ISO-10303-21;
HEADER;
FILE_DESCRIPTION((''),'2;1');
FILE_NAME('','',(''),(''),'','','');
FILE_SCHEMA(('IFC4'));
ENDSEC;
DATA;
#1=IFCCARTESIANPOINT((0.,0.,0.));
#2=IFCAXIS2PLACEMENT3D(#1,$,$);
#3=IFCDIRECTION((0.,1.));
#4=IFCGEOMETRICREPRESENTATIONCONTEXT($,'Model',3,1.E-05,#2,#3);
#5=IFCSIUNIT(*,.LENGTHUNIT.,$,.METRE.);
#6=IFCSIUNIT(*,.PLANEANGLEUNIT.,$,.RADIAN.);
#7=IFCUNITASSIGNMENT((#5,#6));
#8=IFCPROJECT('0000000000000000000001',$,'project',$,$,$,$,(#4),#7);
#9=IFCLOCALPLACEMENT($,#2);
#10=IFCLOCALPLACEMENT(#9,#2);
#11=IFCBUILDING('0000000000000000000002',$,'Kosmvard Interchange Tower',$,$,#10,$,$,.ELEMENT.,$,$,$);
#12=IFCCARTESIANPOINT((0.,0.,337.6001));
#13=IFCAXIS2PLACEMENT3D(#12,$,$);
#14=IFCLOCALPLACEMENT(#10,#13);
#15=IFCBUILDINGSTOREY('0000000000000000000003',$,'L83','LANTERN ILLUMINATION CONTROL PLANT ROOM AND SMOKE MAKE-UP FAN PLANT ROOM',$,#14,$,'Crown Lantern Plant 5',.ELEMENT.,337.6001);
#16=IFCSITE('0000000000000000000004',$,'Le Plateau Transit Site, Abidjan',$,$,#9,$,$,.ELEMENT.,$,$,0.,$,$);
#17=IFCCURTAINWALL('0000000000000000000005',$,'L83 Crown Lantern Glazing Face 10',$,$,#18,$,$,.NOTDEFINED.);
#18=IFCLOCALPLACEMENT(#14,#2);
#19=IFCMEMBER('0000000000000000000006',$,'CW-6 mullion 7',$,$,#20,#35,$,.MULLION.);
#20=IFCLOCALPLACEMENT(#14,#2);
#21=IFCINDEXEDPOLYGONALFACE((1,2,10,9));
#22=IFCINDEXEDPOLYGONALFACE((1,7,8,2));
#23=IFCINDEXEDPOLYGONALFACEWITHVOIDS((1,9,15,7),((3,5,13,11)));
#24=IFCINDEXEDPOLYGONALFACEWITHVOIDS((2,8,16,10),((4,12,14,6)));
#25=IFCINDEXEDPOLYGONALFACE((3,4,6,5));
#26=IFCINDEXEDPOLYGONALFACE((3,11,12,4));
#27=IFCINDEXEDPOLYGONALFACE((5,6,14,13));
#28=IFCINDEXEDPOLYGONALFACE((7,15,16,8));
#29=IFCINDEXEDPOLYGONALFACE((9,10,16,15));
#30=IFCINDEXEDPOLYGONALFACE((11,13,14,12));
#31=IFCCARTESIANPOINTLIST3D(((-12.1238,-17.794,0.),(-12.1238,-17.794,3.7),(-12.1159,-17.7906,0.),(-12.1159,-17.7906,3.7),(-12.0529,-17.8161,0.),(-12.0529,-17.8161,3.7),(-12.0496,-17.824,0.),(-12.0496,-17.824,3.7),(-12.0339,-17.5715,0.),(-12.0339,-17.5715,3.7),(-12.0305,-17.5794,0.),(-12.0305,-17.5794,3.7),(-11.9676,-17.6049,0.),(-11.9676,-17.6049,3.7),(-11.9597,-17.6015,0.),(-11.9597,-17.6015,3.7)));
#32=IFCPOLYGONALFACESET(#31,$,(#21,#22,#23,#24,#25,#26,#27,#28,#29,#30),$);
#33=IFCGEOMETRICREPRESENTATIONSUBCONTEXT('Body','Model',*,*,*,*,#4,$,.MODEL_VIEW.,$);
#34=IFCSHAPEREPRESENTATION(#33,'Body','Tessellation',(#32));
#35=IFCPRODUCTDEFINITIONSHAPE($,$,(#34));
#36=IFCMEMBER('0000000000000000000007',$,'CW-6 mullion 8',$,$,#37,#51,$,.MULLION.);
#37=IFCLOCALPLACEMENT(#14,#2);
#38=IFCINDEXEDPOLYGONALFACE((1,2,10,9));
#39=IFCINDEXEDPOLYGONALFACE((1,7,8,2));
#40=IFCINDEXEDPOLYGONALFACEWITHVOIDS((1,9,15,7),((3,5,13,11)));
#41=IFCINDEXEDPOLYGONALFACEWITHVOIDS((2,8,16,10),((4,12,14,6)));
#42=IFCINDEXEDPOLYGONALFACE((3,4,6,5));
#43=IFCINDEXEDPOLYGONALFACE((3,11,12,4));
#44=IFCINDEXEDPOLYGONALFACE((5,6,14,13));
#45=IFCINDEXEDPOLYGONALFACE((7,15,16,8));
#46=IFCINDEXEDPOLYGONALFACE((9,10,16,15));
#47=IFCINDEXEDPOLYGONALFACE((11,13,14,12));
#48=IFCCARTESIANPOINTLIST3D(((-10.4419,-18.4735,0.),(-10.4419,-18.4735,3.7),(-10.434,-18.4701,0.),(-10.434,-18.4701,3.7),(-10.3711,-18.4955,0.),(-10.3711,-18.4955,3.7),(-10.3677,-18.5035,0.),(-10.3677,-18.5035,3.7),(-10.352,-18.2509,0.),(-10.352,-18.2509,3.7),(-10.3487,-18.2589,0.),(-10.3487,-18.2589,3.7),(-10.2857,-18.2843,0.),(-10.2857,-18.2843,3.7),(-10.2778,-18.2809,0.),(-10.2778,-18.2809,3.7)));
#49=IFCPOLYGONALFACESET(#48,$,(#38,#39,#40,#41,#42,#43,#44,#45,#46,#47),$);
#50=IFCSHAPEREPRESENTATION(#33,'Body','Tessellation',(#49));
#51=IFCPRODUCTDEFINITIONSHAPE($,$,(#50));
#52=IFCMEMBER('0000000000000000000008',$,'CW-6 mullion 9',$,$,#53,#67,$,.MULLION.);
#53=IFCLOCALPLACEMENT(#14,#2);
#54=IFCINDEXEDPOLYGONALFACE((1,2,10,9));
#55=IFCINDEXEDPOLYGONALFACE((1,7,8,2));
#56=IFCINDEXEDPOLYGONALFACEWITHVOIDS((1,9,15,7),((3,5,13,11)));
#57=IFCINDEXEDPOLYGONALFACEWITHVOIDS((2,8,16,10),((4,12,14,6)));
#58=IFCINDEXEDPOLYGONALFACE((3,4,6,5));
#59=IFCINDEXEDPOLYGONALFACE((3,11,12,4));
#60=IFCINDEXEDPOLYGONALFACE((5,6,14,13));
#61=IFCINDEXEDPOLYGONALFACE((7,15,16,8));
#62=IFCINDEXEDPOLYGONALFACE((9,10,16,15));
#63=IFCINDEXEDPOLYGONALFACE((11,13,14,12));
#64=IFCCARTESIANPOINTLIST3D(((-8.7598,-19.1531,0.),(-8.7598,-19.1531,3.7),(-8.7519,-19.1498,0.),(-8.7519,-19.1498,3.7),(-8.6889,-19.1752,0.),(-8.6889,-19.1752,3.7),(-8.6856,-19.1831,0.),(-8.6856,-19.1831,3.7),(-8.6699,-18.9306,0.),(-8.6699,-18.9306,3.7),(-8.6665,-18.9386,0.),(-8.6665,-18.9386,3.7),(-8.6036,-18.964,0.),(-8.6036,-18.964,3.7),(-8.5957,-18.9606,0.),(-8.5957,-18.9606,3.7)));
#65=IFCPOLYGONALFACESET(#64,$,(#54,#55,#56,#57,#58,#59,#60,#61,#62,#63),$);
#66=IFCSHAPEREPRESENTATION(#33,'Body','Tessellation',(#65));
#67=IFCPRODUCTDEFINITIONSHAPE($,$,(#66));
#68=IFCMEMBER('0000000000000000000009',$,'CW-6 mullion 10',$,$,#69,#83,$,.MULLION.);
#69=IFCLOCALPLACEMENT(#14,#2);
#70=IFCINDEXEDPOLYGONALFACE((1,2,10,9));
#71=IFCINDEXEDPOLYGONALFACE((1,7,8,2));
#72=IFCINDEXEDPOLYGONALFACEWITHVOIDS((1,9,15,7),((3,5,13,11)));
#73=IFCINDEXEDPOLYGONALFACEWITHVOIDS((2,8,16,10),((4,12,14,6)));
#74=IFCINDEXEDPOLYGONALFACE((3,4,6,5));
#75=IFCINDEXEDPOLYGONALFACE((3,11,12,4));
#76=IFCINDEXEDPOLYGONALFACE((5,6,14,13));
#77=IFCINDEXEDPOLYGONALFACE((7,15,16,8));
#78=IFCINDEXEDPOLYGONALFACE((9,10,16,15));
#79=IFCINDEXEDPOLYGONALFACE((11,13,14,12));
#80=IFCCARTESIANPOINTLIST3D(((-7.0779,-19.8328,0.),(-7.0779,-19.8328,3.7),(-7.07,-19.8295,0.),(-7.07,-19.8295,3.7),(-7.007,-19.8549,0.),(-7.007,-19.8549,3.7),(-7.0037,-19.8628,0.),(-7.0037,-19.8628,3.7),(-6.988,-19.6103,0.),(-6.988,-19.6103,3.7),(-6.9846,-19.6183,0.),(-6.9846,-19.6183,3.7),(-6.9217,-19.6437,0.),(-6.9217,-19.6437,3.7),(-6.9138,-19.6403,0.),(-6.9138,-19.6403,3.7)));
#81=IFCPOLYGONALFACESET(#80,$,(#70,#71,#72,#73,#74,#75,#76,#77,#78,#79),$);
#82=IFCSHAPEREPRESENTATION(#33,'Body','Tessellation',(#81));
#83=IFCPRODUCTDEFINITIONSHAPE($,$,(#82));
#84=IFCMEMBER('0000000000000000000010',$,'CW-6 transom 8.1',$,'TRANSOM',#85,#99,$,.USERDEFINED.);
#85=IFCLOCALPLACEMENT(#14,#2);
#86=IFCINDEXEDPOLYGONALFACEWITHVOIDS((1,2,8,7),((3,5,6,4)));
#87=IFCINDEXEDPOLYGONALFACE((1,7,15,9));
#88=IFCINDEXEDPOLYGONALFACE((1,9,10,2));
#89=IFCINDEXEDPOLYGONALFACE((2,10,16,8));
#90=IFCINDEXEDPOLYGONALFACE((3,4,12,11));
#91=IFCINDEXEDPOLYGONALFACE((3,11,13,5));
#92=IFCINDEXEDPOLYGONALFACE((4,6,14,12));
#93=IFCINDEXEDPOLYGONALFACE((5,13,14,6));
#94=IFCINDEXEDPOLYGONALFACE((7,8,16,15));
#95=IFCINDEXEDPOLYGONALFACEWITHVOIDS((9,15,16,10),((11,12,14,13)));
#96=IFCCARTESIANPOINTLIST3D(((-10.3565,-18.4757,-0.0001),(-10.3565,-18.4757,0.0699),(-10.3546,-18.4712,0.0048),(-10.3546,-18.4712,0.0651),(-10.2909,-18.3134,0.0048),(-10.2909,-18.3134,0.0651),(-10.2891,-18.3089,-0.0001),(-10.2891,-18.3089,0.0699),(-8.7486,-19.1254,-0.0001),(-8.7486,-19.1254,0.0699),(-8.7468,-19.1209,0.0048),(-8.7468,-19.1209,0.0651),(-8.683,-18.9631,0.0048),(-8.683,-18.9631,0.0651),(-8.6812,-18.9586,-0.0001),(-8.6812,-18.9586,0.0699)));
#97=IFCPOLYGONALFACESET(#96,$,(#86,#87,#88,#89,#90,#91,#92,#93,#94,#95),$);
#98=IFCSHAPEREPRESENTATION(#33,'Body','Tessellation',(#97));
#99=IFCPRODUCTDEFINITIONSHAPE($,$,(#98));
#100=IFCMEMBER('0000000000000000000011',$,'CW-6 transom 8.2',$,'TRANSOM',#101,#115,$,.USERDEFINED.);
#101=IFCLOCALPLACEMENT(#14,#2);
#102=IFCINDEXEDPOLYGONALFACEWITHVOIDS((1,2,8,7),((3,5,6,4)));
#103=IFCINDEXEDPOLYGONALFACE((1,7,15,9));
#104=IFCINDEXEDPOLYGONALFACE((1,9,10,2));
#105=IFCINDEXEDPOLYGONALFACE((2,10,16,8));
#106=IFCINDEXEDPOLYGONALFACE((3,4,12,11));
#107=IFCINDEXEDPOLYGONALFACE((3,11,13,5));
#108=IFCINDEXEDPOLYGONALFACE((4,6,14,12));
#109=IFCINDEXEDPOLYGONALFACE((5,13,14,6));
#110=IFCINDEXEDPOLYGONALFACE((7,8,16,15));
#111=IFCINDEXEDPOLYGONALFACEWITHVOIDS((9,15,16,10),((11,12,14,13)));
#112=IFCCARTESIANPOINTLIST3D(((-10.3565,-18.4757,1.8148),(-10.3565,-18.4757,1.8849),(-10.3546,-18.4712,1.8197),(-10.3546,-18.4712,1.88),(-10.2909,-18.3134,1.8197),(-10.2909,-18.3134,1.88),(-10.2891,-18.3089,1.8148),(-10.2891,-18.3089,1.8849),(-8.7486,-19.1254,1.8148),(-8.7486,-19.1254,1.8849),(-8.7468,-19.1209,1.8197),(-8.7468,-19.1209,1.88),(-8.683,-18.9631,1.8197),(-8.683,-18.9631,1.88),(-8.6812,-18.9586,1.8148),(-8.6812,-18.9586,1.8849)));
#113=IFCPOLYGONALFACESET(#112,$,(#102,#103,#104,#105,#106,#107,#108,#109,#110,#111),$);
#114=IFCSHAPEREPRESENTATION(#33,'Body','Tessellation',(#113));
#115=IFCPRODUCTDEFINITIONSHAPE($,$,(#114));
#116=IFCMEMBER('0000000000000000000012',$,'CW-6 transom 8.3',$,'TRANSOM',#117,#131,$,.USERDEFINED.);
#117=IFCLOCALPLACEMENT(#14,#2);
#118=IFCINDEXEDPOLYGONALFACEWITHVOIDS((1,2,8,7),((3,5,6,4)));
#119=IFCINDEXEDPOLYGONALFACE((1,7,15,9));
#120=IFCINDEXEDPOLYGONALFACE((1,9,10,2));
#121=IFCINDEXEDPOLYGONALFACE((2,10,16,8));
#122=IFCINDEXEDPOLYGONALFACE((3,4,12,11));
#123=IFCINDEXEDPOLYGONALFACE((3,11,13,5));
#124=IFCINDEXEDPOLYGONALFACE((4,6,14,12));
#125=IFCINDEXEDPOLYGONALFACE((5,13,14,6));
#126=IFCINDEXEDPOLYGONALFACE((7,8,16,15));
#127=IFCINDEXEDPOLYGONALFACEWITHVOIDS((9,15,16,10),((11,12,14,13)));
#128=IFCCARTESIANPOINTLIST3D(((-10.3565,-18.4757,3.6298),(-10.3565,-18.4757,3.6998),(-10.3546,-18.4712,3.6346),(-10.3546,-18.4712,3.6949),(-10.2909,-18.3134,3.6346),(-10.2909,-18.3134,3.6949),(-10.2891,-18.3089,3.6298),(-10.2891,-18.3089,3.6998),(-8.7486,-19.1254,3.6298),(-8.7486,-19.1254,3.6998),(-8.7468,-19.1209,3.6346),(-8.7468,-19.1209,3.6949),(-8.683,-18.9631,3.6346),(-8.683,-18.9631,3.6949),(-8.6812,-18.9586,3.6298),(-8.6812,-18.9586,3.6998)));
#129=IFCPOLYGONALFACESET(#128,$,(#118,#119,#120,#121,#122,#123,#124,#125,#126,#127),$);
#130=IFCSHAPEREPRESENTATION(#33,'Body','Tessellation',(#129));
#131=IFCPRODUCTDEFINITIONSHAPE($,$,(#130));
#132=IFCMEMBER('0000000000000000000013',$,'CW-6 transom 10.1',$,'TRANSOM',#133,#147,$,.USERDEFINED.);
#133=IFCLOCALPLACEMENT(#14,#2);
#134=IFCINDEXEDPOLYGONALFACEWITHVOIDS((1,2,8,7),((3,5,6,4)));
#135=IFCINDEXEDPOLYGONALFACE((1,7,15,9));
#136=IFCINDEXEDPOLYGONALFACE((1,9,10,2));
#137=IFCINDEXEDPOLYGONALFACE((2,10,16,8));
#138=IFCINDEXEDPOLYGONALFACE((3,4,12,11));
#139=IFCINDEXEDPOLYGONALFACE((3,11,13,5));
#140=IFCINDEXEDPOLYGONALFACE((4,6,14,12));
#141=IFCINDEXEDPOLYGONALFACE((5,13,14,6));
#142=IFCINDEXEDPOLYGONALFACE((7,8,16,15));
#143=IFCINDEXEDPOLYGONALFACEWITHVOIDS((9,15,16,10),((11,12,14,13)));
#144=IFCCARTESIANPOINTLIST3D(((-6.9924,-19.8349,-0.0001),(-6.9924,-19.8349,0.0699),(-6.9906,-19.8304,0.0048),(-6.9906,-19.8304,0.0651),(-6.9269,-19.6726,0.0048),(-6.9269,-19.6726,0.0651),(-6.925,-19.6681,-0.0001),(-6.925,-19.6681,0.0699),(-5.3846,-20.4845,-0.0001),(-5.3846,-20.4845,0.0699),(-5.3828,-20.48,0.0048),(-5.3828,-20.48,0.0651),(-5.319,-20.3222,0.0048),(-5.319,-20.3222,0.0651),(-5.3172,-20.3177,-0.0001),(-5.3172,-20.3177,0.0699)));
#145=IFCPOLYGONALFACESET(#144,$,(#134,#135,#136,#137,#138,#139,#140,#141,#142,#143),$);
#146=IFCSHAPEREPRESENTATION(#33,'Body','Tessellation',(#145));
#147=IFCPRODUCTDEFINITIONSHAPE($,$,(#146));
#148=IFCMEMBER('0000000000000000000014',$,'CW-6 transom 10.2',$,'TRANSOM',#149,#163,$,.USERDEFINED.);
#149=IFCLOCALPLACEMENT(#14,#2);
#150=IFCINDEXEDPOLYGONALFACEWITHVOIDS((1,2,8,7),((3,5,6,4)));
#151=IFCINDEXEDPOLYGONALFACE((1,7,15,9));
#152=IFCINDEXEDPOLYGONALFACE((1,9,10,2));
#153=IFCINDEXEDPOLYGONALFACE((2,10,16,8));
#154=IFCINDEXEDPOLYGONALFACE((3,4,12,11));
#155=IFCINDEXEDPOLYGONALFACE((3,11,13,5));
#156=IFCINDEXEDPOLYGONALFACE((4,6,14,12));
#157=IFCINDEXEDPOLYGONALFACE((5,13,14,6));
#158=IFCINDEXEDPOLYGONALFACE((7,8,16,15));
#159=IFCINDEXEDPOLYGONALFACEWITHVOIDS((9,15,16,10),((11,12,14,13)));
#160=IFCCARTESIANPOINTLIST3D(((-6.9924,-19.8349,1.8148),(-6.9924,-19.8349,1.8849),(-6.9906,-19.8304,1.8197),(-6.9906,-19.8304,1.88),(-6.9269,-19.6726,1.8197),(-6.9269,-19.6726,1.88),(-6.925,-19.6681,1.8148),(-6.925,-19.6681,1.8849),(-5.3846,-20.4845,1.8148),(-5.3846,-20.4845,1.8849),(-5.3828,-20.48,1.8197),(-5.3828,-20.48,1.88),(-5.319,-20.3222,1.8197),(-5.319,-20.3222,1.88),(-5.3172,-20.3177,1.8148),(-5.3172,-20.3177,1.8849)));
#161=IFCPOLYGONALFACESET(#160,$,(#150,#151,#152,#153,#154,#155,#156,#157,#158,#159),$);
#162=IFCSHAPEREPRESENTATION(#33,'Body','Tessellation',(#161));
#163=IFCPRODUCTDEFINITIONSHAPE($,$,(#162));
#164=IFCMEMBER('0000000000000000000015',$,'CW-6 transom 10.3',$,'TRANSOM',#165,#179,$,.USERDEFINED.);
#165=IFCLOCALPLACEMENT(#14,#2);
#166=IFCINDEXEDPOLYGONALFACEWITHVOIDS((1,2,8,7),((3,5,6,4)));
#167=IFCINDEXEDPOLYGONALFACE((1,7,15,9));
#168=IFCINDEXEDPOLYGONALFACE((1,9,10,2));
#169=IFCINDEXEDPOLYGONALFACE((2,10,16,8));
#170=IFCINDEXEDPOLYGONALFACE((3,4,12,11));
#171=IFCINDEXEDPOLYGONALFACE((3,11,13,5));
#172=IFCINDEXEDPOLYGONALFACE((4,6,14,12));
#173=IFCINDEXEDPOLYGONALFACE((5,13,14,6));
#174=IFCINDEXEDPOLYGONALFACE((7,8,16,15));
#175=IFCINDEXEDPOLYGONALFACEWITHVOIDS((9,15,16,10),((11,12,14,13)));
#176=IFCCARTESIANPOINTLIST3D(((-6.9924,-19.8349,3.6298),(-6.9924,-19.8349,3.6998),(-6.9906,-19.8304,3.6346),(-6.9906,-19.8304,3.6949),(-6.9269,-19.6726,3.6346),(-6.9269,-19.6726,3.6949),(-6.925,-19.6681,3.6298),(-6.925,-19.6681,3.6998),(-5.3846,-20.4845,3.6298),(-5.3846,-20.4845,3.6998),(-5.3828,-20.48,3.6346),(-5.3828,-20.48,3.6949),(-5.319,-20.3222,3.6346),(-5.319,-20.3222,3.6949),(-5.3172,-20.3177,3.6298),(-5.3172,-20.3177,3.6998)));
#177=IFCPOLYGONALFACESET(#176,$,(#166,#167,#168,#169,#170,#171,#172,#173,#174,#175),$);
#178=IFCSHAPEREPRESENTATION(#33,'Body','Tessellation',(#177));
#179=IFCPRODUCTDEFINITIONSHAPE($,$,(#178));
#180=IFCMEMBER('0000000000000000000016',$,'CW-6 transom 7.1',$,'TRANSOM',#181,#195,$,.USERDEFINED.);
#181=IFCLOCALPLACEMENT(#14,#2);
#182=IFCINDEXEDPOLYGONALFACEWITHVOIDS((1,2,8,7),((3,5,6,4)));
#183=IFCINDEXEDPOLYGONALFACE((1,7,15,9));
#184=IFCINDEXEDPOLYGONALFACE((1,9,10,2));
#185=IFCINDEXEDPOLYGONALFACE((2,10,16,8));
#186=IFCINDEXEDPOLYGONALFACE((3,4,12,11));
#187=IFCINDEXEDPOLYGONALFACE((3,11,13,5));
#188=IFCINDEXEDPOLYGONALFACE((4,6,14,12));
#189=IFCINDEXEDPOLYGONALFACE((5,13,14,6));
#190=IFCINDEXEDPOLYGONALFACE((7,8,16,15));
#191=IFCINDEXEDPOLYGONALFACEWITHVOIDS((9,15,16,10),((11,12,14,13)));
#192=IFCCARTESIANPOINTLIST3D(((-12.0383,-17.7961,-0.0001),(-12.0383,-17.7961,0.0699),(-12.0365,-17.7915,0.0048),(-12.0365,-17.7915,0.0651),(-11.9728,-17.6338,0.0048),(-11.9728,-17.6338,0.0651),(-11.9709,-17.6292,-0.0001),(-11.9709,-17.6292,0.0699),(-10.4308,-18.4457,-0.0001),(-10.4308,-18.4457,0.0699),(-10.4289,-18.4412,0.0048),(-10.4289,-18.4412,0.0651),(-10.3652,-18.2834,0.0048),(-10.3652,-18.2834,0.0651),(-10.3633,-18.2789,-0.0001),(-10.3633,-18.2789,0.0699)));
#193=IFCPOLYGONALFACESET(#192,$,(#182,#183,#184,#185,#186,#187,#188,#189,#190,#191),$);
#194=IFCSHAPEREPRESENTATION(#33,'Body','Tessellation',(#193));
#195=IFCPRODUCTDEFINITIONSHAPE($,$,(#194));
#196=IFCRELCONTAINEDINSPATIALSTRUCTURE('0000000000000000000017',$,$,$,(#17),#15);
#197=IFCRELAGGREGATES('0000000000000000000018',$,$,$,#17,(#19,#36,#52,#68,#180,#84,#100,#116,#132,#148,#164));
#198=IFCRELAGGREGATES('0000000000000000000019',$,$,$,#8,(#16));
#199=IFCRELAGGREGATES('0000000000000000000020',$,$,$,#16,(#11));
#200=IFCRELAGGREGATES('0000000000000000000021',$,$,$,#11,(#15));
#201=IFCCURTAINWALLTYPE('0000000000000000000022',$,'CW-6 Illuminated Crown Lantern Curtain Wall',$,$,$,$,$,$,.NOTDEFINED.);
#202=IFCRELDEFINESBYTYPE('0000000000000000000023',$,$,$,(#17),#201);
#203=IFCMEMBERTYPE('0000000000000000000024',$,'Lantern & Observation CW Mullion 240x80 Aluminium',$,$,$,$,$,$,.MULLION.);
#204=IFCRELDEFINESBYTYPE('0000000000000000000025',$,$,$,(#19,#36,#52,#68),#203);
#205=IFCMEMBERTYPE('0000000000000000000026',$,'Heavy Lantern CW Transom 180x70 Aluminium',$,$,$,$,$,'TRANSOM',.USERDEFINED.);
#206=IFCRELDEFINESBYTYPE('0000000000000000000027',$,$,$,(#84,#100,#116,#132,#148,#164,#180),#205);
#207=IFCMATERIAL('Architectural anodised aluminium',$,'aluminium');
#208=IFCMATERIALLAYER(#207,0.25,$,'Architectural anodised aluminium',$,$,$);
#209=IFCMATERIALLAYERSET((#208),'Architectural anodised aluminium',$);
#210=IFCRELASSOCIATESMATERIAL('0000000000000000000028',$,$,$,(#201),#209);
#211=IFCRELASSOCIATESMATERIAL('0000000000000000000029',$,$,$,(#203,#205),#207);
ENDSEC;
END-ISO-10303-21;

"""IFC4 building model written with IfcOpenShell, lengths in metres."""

from ifc_helpers import new_model, si_unit, direction, frame, origin, origin_2d, place, context, subcontext, project, spatial, hollow_rectangle, extrude, source, transform, mapped, material, layer, layer_set, material_profile, profile_set, type_object, element, aggregate, save


model = new_model("IFC4")

# Units and contexts
model_context = context("Model", 3, precision=1e-05, world=origin(), true_north=direction((0.0, 1.0)))
body_context = subcontext(model_context, "Body", "Model", "MODEL_VIEW")
ifc_project = project(units=[si_unit("LENGTHUNIT", "METRE"), si_unit("PLANEANGLEUNIT", "RADIAN")], contexts=[model_context])

# Site, building, storey
site_placement = place(None, origin())
site = spatial("IfcSite", under=ifc_project, at=site_placement, Name="Le Plateau Transit Site, Abidjan", CompositionType="ELEMENT", RefElevation=0.0)
building_placement = place(site_placement, origin())
building = spatial("IfcBuilding", under=site, at=building_placement, Name="Kosmvard Interchange Tower", CompositionType="ELEMENT")
storey_placement = place(building_placement, frame((0.0, 0.0, 337.6001)))
storey = spatial("IfcBuildingStorey", under=building, at=storey_placement, Name="L83", Description="LANTERN ILLUMINATION CONTROL PLANT ROOM AND SMOKE MAKE-UP FAN PLANT ROOM", LongName="Crown Lantern Plant 5", CompositionType="ELEMENT", Elevation=337.6001)

# Curtain wall, members
ifc_material_1 = material(Name="Architectural anodised aluminium", Category="aluminium")
ifc_layer_1 = layer(ifc_material_1, 0.25, Name="Architectural anodised aluminium")
ifc_layer_set_1 = layer_set([ifc_layer_1], Name="Architectural anodised aluminium")
curtain_wall_type = type_object("IfcCurtainWallType", Name="CW-6 Illuminated Crown Lantern Curtain Wall", PredefinedType="NOTDEFINED", material=ifc_layer_set_1)
curtain_wall_placement = place(storey_placement, origin())
curtain_wall = element("IfcCurtainWall", 1, at=curtain_wall_placement, inside=storey, type_object=curtain_wall_type, Name="L83 Crown Lantern Glazing Face 10", PredefinedType="NOTDEFINED")
ifc_material_profile_1 = material_profile(ifc_material_1, hollow_rectangle(XDim=0.24, YDim=0.0801, WallThickness=0.0061, at=origin_2d()), Name="CWM 240x80x6")
ifc_profile_set_1 = profile_set([ifc_material_profile_1], Name="Architectural anodised aluminium")
member_type_1 = type_object("IfcMemberType", Name="Lantern & Observation CW Mullion 240x80 Aluminium", PredefinedType="MULLION", material=ifc_profile_set_1)
shared_shape_1 = source(origin(), body_context, "Body", "SweptSolid", [
    extrude(hollow_rectangle(XDim=0.24, YDim=0.0801, WallThickness=0.0061, at=origin_2d()), origin(), (0.0, 0.0, 1.0), 3.7),
])
member_1_placement = place(storey_placement, frame((-12.0417, -17.6978, 0.0), z_axis=(0.0, 0.0, 1.0), x_axis=(0.374607, 0.927184, 0.0)))
member_1 = element("IfcMember", 2, at=member_1_placement, type_object=member_type_1, Name="CW-6 mullion 7", PredefinedType="MULLION", context=body_context, shape_type="MappedRepresentation", body=[
    mapped(shared_shape_1, transform((0.0, 0.0, 0.0), scale=1.0)),
])
member_2_placement = place(storey_placement, frame((-10.3599, -18.3772, 0.0), z_axis=(0.0, 0.0, 1.0), x_axis=(0.374607, 0.927184, 0.0)))
member_2 = element("IfcMember", 3, at=member_2_placement, type_object=member_type_1, Name="CW-6 mullion 8", PredefinedType="MULLION", context=body_context, shape_type="MappedRepresentation", body=[
    mapped(shared_shape_1, transform((0.0, 0.0, 0.0), scale=1.0)),
])
member_3_placement = place(storey_placement, frame((-8.6777, -19.0569, 0.0), z_axis=(0.0, 0.0, 1.0), x_axis=(0.374607, 0.927184, 0.0)))
member_3 = element("IfcMember", 4, at=member_3_placement, type_object=member_type_1, Name="CW-6 mullion 9", PredefinedType="MULLION", context=body_context, shape_type="MappedRepresentation", body=[
    mapped(shared_shape_1, transform((0.0, 0.0, 0.0), scale=1.0)),
])
member_4_placement = place(storey_placement, frame((-6.9958, -19.7366, 0.0), z_axis=(0.0, 0.0, 1.0), x_axis=(0.374607, 0.927184, 0.0)))
member_4 = element("IfcMember", 5, at=member_4_placement, type_object=member_type_1, Name="CW-6 mullion 10", PredefinedType="MULLION", context=body_context, shape_type="MappedRepresentation", body=[
    mapped(shared_shape_1, transform((0.0, 0.0, 0.0), scale=1.0)),
])
ifc_material_profile_2 = material_profile(ifc_material_1, hollow_rectangle(XDim=0.1799, YDim=0.0701, WallThickness=0.0049, at=origin_2d()), Name="CWT 180x70x5")
ifc_profile_set_2 = profile_set([ifc_material_profile_2], Name="Architectural anodised aluminium")
member_type_2 = type_object("IfcMemberType", Name="Heavy Lantern CW Transom 180x70 Aluminium", ElementType="TRANSOM", PredefinedType="USERDEFINED", material=ifc_profile_set_2)
shared_shape_2 = source(origin(), body_context, "Body", "SweptSolid", [
    extrude(hollow_rectangle(XDim=0.1799, YDim=0.0701, WallThickness=0.0049, at=origin_2d()), origin(), (0.0, 0.0, 1.0), 1.7341),
])
member_5_placement = place(storey_placement, frame((-10.3228, -18.3923, 0.0349), z_axis=(0.92718, -0.374617, 0.0), x_axis=(0.374617, 0.92718, 0.0)))
member_5 = element("IfcMember", 6, at=member_5_placement, type_object=member_type_2, Name="CW-6 transom 8.1", ObjectType="TRANSOM", PredefinedType="USERDEFINED", context=body_context, shape_type="MappedRepresentation", body=[
    mapped(shared_shape_2, transform((0.0, 0.0, 0.0), scale=1.0)),
])
member_6_placement = place(storey_placement, frame((-10.3228, -18.3923, 1.8499), z_axis=(0.92718, -0.374617, 0.0), x_axis=(0.374617, 0.92718, 0.0)))
member_6 = element("IfcMember", 7, at=member_6_placement, type_object=member_type_2, Name="CW-6 transom 8.2", ObjectType="TRANSOM", PredefinedType="USERDEFINED", context=body_context, shape_type="MappedRepresentation", body=[
    mapped(shared_shape_2, transform((0.0, 0.0, 0.0), scale=1.0)),
])
member_7_placement = place(storey_placement, frame((-10.3228, -18.3923, 3.6648), z_axis=(0.92718, -0.374617, 0.0), x_axis=(0.374617, 0.92718, 0.0)))
member_7 = element("IfcMember", 8, at=member_7_placement, type_object=member_type_2, Name="CW-6 transom 8.3", ObjectType="TRANSOM", PredefinedType="USERDEFINED", context=body_context, shape_type="MappedRepresentation", body=[
    mapped(shared_shape_2, transform((0.0, 0.0, 0.0), scale=1.0)),
])
member_8_placement = place(storey_placement, frame((-6.9587, -19.7515, 0.0349), z_axis=(0.92718, -0.374617, 0.0), x_axis=(0.374617, 0.92718, 0.0)))
member_8 = element("IfcMember", 9, at=member_8_placement, type_object=member_type_2, Name="CW-6 transom 10.1", ObjectType="TRANSOM", PredefinedType="USERDEFINED", context=body_context, shape_type="MappedRepresentation", body=[
    mapped(shared_shape_2, transform((0.0, 0.0, 0.0), scale=1.0)),
])
member_9_placement = place(storey_placement, frame((-6.9587, -19.7515, 1.8499), z_axis=(0.92718, -0.374617, 0.0), x_axis=(0.374617, 0.92718, 0.0)))
member_9 = element("IfcMember", 10, at=member_9_placement, type_object=member_type_2, Name="CW-6 transom 10.2", ObjectType="TRANSOM", PredefinedType="USERDEFINED", context=body_context, shape_type="MappedRepresentation", body=[
    mapped(shared_shape_2, transform((0.0, 0.0, 0.0), scale=1.0)),
])
member_10_placement = place(storey_placement, frame((-6.9587, -19.7515, 3.6648), z_axis=(0.92718, -0.374617, 0.0), x_axis=(0.374617, 0.92718, 0.0)))
member_10 = element("IfcMember", 11, at=member_10_placement, type_object=member_type_2, Name="CW-6 transom 10.3", ObjectType="TRANSOM", PredefinedType="USERDEFINED", context=body_context, shape_type="MappedRepresentation", body=[
    mapped(shared_shape_2, transform((0.0, 0.0, 0.0), scale=1.0)),
])
shared_shape_3 = source(origin(), body_context, "Body", "SweptSolid", [
    extrude(hollow_rectangle(XDim=0.1799, YDim=0.0701, WallThickness=0.0049, at=origin_2d()), origin(), (0.0, 0.0, 1.0), 1.7339),
])
member_11_placement = place(storey_placement, frame((-12.0046, -17.7126, 0.0349), z_axis=(0.92716, -0.374666, 0.0), x_axis=(0.374666, 0.92716, 0.0)))
member_11 = element("IfcMember", 12, at=member_11_placement, type_object=member_type_2, Name="CW-6 transom 7.1", ObjectType="TRANSOM", PredefinedType="USERDEFINED", context=body_context, shape_type="MappedRepresentation", body=[
    mapped(shared_shape_3, transform((0.0, 0.0, 0.0), scale=1.0)),
])
aggregate(curtain_wall, [member_1, member_2, member_3, member_4, member_11, member_5, member_6, member_7, member_8, member_9, member_10])

save(model, "model.ifc")
